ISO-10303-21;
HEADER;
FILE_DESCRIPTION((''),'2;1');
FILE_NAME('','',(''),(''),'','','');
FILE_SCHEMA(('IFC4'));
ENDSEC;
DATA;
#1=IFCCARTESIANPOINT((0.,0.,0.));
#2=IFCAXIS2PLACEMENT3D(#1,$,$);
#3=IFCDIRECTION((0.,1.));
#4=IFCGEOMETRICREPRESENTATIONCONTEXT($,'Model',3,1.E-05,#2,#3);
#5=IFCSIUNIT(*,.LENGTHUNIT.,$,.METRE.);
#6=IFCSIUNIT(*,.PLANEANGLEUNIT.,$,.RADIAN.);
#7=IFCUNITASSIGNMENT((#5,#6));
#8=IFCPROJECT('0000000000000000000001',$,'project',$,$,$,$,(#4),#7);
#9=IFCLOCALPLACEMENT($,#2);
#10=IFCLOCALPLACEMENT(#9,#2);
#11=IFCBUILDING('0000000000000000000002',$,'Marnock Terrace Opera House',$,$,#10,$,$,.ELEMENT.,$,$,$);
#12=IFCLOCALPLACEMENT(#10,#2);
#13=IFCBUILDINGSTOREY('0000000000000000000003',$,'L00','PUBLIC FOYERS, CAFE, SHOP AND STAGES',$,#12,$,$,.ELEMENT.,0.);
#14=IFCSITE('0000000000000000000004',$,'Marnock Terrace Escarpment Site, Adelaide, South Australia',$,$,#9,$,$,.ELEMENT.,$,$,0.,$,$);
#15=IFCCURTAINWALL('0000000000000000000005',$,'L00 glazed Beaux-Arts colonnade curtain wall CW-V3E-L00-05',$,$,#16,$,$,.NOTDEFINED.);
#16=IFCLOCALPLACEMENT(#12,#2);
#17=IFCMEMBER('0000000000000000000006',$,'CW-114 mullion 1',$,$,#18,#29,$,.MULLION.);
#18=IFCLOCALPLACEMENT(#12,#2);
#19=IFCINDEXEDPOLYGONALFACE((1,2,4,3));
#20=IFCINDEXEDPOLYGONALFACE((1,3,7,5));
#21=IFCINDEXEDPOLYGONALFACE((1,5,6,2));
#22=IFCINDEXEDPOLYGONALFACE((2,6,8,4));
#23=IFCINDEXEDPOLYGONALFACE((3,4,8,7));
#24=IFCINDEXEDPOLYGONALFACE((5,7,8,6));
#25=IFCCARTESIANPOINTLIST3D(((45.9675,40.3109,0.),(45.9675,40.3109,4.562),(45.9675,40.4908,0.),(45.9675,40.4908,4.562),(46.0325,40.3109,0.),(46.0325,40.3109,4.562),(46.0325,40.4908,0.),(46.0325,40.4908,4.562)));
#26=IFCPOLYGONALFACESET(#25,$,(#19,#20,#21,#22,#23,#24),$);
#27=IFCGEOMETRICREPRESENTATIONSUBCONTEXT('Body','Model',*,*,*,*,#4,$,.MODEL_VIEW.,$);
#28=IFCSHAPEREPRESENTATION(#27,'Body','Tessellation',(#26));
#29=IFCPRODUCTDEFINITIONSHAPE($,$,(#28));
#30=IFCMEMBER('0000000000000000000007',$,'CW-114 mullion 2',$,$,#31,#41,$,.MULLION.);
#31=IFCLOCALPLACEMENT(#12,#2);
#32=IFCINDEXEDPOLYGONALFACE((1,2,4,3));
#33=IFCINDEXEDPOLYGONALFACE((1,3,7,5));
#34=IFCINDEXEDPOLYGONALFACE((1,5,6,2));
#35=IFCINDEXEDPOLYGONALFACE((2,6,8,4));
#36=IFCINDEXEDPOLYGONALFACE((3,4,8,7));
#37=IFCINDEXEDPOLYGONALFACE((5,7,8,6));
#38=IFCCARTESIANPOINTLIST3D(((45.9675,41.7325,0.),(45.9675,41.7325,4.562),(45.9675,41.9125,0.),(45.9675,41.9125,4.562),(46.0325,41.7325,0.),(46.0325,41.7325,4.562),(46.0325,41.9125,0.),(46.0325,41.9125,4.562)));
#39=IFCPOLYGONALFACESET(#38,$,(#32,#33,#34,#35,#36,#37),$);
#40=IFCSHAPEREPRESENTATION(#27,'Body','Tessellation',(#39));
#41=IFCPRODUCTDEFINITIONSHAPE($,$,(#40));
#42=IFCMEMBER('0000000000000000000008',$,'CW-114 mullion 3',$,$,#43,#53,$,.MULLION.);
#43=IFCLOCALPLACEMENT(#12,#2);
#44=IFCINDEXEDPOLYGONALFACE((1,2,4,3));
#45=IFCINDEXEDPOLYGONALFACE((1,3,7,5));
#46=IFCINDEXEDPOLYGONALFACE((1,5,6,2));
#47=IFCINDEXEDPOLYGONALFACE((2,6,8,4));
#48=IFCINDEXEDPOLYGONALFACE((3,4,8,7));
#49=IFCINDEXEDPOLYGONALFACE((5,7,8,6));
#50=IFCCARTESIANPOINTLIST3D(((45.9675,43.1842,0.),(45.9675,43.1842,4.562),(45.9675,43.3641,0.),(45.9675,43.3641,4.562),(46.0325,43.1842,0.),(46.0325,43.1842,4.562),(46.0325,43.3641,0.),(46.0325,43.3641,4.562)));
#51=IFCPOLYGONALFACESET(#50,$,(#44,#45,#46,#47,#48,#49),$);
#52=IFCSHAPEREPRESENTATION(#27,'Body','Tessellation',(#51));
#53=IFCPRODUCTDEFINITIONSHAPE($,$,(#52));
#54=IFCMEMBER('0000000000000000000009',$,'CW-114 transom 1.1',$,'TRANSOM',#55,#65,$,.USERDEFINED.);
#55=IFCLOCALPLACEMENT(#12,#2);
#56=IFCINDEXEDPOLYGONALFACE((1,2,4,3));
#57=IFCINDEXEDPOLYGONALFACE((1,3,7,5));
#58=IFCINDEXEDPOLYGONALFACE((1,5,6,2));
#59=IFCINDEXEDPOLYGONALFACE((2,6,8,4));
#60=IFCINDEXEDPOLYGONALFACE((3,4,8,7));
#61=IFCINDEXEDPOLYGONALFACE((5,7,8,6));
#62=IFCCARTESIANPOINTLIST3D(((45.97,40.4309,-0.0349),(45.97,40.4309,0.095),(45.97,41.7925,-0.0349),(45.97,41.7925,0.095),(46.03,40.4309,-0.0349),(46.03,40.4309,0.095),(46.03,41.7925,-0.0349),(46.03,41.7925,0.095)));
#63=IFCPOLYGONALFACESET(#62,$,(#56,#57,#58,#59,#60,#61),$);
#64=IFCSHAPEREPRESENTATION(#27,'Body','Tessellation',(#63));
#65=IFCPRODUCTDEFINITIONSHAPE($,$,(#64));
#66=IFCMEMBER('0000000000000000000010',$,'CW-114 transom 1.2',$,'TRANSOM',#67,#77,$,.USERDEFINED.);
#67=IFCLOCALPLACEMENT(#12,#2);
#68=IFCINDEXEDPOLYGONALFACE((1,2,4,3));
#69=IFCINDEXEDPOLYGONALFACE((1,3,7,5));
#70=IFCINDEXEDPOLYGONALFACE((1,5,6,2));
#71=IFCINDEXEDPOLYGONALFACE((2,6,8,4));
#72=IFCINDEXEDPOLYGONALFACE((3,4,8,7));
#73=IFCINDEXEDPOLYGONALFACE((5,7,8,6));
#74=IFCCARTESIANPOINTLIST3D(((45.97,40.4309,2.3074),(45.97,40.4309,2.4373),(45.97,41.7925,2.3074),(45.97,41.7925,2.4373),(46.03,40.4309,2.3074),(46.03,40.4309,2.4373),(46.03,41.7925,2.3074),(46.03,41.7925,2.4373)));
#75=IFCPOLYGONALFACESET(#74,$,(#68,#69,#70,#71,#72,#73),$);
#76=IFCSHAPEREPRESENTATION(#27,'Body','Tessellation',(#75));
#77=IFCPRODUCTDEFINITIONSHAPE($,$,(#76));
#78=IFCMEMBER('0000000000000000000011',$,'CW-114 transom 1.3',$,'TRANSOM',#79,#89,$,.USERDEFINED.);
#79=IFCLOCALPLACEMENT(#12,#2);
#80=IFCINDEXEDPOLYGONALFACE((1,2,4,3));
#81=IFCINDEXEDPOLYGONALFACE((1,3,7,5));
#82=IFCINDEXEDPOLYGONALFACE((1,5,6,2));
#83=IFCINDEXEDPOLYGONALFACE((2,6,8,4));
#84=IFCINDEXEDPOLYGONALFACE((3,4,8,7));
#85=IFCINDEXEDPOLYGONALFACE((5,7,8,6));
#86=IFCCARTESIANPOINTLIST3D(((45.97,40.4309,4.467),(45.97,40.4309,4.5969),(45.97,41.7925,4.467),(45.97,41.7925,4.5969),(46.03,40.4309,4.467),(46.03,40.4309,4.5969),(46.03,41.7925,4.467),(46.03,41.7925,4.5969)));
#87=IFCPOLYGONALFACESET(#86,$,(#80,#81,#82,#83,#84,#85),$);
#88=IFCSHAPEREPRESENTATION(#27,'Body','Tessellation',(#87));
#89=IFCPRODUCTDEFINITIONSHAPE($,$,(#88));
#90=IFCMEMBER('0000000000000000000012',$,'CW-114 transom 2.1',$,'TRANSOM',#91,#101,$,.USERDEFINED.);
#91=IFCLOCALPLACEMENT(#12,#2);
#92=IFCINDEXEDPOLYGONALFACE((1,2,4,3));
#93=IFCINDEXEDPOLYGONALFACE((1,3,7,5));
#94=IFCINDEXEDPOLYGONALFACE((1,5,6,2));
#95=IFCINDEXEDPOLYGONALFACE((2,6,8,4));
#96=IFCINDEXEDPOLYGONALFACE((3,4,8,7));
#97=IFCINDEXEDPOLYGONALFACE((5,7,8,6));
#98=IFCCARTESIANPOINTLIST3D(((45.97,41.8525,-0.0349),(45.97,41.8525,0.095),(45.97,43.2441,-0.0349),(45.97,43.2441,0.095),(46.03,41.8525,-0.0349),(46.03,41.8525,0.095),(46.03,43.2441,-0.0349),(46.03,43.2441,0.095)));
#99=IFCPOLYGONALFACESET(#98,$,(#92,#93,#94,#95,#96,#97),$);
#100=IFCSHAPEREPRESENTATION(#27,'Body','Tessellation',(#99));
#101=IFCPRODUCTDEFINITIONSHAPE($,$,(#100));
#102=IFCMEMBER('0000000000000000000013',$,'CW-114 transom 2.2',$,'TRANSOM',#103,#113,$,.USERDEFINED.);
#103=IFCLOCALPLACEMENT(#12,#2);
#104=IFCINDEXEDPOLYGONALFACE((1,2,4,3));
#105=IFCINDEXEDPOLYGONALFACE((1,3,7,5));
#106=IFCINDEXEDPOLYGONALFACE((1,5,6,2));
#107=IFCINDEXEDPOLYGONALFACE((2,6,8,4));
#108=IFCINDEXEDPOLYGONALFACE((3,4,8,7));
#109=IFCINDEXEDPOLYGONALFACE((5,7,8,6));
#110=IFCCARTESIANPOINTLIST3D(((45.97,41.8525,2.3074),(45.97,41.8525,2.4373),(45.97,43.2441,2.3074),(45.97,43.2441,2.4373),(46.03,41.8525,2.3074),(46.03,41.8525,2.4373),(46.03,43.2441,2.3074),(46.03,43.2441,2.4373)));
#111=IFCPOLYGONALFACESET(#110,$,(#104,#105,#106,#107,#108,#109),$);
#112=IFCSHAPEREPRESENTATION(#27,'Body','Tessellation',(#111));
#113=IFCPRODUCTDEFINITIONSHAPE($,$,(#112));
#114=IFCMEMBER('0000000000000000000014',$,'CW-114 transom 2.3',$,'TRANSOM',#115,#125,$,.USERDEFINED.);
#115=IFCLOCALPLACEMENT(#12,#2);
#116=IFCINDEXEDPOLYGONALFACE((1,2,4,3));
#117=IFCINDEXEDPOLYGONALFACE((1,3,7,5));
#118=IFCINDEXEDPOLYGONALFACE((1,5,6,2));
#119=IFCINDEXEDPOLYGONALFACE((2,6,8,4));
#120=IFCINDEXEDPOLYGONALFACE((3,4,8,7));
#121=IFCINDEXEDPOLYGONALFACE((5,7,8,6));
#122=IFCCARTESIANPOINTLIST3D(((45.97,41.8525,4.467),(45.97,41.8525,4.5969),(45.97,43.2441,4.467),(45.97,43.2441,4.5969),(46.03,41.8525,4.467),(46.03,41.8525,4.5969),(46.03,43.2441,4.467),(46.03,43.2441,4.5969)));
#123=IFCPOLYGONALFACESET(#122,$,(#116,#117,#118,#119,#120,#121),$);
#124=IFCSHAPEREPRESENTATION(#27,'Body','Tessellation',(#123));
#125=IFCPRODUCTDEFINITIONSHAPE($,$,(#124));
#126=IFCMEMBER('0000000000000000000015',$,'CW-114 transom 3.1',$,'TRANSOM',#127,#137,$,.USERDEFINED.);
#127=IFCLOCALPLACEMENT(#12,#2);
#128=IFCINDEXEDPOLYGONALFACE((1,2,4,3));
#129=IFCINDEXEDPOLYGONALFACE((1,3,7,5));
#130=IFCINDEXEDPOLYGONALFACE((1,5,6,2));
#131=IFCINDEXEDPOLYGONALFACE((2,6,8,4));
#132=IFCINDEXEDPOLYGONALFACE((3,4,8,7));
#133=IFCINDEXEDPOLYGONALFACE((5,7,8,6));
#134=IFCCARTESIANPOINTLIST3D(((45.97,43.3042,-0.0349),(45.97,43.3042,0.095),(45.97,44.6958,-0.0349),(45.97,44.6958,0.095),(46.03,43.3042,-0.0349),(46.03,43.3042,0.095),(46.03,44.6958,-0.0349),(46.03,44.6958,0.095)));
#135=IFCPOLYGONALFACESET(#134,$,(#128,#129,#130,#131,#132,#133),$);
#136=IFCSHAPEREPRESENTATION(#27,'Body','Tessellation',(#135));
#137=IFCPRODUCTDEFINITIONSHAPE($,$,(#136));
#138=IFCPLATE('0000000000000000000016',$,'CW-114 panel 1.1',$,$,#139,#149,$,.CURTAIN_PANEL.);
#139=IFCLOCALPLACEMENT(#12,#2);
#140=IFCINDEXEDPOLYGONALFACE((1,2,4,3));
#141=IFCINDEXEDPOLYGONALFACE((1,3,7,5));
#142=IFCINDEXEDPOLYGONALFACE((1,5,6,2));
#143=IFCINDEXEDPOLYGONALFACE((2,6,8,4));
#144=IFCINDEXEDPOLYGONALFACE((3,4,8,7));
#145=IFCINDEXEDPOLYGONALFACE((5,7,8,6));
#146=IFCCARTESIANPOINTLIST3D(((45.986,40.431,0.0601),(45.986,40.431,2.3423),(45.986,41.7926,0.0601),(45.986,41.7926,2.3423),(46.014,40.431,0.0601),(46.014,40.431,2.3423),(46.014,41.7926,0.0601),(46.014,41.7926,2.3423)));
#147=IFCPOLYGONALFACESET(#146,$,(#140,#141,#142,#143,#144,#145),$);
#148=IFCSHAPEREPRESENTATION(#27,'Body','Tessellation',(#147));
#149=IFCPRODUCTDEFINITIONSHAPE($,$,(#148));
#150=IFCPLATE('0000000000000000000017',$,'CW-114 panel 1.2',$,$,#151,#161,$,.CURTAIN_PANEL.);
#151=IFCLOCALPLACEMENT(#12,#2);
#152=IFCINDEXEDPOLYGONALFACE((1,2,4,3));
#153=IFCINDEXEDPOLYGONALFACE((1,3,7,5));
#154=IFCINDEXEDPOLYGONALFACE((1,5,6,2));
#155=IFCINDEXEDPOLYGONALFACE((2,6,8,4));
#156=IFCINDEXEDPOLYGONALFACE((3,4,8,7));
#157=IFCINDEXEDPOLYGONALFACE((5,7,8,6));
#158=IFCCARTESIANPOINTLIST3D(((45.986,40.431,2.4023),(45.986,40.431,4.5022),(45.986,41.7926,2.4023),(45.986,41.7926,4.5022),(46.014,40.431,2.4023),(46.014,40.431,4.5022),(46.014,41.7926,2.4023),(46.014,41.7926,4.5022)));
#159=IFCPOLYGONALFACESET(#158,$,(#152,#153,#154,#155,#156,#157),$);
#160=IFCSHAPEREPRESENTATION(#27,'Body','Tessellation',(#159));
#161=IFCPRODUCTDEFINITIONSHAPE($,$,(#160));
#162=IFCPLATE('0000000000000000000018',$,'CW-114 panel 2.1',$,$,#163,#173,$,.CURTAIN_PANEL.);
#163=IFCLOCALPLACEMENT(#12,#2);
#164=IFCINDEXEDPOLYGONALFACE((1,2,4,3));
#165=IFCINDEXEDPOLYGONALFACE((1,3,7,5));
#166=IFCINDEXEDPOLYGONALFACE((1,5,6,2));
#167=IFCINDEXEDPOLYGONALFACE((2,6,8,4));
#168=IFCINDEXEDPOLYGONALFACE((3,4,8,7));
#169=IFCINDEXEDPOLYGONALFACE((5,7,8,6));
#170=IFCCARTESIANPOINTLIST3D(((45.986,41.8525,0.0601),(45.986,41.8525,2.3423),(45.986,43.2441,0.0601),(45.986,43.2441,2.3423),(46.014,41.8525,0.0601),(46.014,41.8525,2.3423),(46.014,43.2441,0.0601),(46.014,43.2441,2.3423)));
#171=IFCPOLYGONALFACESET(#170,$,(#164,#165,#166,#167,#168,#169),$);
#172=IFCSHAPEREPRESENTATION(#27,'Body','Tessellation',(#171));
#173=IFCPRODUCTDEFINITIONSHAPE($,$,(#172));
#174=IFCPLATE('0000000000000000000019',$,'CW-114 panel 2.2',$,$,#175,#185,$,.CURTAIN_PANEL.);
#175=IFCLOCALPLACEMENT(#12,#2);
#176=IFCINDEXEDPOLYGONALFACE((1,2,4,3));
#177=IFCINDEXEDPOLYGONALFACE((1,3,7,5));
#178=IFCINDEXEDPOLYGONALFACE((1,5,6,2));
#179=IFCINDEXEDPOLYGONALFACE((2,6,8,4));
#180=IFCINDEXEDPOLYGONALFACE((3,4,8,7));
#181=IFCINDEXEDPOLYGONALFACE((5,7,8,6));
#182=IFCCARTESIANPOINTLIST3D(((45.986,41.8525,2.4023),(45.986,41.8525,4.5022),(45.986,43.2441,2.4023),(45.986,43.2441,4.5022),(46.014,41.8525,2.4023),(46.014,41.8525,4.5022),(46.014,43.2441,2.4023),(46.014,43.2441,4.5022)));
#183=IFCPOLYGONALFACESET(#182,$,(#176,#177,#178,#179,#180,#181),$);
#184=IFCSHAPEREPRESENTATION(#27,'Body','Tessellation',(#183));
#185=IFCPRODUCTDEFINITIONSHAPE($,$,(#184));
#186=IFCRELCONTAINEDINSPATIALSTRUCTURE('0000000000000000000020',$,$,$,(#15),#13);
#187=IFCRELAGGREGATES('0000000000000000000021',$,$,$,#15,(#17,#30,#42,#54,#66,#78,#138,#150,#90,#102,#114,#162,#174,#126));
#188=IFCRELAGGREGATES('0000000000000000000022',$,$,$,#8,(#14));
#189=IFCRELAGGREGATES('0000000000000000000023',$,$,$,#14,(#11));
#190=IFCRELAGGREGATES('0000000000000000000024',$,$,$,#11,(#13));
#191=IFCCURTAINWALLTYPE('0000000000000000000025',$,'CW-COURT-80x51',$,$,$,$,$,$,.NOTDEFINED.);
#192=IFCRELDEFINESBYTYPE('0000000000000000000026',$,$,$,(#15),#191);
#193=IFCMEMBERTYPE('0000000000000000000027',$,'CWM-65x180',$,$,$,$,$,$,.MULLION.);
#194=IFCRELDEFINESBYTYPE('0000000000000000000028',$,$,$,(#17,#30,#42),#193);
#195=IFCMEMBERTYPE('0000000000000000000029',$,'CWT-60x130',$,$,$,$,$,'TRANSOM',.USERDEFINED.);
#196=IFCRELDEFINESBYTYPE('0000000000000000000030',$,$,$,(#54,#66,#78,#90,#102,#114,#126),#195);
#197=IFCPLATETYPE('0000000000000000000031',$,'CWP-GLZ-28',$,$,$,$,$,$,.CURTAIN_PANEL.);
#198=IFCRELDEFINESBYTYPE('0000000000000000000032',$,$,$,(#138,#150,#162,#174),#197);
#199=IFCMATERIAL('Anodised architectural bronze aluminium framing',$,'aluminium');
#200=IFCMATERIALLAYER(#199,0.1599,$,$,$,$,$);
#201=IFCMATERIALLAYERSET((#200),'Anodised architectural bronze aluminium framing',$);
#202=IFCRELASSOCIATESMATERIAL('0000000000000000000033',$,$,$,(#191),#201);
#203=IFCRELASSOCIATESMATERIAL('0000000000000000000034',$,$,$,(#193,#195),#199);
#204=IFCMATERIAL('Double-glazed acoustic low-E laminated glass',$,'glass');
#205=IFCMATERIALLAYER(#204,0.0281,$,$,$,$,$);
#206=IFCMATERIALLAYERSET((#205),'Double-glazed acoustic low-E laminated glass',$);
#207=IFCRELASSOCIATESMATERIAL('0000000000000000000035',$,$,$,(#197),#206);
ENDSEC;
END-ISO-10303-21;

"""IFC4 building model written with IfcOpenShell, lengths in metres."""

from ifc_helpers import new_model, si_unit, direction, frame, origin, origin_2d, place, context, subcontext, project, spatial, rectangle, extrude, material, layer, layer_set, material_profile, profile_set, type_object, element, aggregate, save


model = new_model("IFC4")

# Units and contexts
model_context = context("Model", 3, precision=1e-05, world=origin(), true_north=direction((0.0, 1.0)))
body_context = subcontext(model_context, "Body", "Model", "MODEL_VIEW")
ifc_project = project(units=[si_unit("LENGTHUNIT", "METRE"), si_unit("PLANEANGLEUNIT", "RADIAN")], contexts=[model_context])

# Site, building, storey
site_placement = place(None, origin())
site = spatial("IfcSite", under=ifc_project, at=site_placement, Name="Marnock Terrace Escarpment Site, Adelaide, South Australia", CompositionType="ELEMENT", RefElevation=0.0)
building_placement = place(site_placement, origin())
building = spatial("IfcBuilding", under=site, at=building_placement, Name="Marnock Terrace Opera House", CompositionType="ELEMENT")
storey_placement = place(building_placement, origin())
storey = spatial("IfcBuildingStorey", under=building, at=storey_placement, Name="L00", Description="PUBLIC FOYERS, CAFE, SHOP AND STAGES", CompositionType="ELEMENT", Elevation=0.0)

# Curtain wall, members, plates
ifc_material_1 = material(Name="Anodised architectural bronze aluminium framing", Category="aluminium")
ifc_layer_1 = layer(ifc_material_1, 0.1599)
ifc_layer_set_1 = layer_set([ifc_layer_1], Name="Anodised architectural bronze aluminium framing")
curtain_wall_type = type_object("IfcCurtainWallType", Name="CW-COURT-80x51", PredefinedType="NOTDEFINED", material=ifc_layer_set_1)
curtain_wall_placement = place(storey_placement, origin())
curtain_wall = element("IfcCurtainWall", 1, at=curtain_wall_placement, inside=storey, type_object=curtain_wall_type, Name="L00 glazed Beaux-Arts colonnade curtain wall CW-V3E-L00-05", PredefinedType="NOTDEFINED")
ifc_material_profile_1 = material_profile(ifc_material_1, rectangle(XDim=0.0649, YDim=0.1799, at=origin_2d()))
ifc_profile_set_1 = profile_set([ifc_material_profile_1], Name="Anodised architectural bronze aluminium framing")
member_type_1 = type_object("IfcMemberType", Name="CWM-65x180", PredefinedType="MULLION", material=ifc_profile_set_1)
member_1_placement = place(storey_placement, frame((46.0, 40.4009, 0.0), z_axis=(0.0, 0.0, 1.0), x_axis=(-1.0, 0.0, 0.0)))
member_1 = element("IfcMember", 2, at=member_1_placement, type_object=member_type_1, Name="CW-114 mullion 1", PredefinedType="MULLION", context=body_context, shape_type="SweptSolid", body=[
    extrude(rectangle(XDim=0.0649, YDim=0.1799, at=origin_2d()), origin(), (0.0, 0.0, 1.0), 4.562),
])
member_2_placement = place(storey_placement, frame((46.0, 41.8225, 0.0), z_axis=(0.0, 0.0, 1.0), x_axis=(-1.0, 0.0, 0.0)))
member_2 = element("IfcMember", 3, at=member_2_placement, type_object=member_type_1, Name="CW-114 mullion 2", PredefinedType="MULLION", context=body_context, shape_type="SweptSolid", body=[
    extrude(rectangle(XDim=0.0649, YDim=0.1799, at=origin_2d()), origin(), (0.0, 0.0, 1.0), 4.562),
])
member_3_placement = place(storey_placement, frame((46.0, 43.2742, 0.0), z_axis=(0.0, 0.0, 1.0), x_axis=(-1.0, 0.0, 0.0)))
member_3 = element("IfcMember", 4, at=member_3_placement, type_object=member_type_1, Name="CW-114 mullion 3", PredefinedType="MULLION", context=body_context, shape_type="SweptSolid", body=[
    extrude(rectangle(XDim=0.0649, YDim=0.1799, at=origin_2d()), origin(), (0.0, 0.0, 1.0), 4.562),
])
ifc_material_profile_2 = material_profile(ifc_material_1, rectangle(XDim=0.0601, YDim=0.1299, at=origin_2d()))
ifc_profile_set_2 = profile_set([ifc_material_profile_2], Name="Anodised architectural bronze aluminium framing")
member_type_2 = type_object("IfcMemberType", Name="CWT-60x130", ElementType="TRANSOM", PredefinedType="USERDEFINED", material=ifc_profile_set_2)
member_4_placement = place(storey_placement, frame((46.0, 40.4309, 0.03), z_axis=(0.0, 1.0, 0.0), x_axis=(-1.0, 0.0, 0.0)))
member_4 = element("IfcMember", 5, at=member_4_placement, type_object=member_type_2, Name="CW-114 transom 1.1", ObjectType="TRANSOM", PredefinedType="USERDEFINED", context=body_context, shape_type="SweptSolid", body=[
    extrude(rectangle(XDim=0.0601, YDim=0.1299, at=origin_2d()), origin(), (0.0, 0.0, 1.0), 1.3616),
])
member_5_placement = place(storey_placement, frame((46.0, 40.4309, 2.3723), z_axis=(0.0, 1.0, 0.0), x_axis=(-1.0, 0.0, 0.0)))
member_5 = element("IfcMember", 6, at=member_5_placement, type_object=member_type_2, Name="CW-114 transom 1.2", ObjectType="TRANSOM", PredefinedType="USERDEFINED", context=body_context, shape_type="SweptSolid", body=[
    extrude(rectangle(XDim=0.0601, YDim=0.1299, at=origin_2d()), origin(), (0.0, 0.0, 1.0), 1.3616),
])
member_6_placement = place(storey_placement, frame((46.0, 40.4309, 4.532), z_axis=(0.0, 1.0, 0.0), x_axis=(-1.0, 0.0, 0.0)))
member_6 = element("IfcMember", 7, at=member_6_placement, type_object=member_type_2, Name="CW-114 transom 1.3", ObjectType="TRANSOM", PredefinedType="USERDEFINED", context=body_context, shape_type="SweptSolid", body=[
    extrude(rectangle(XDim=0.0601, YDim=0.1299, at=origin_2d()), origin(), (0.0, 0.0, 1.0), 1.3616),
])
member_7_placement = place(storey_placement, frame((46.0, 41.8525, 0.03), z_axis=(0.0, 1.0, 0.0), x_axis=(-1.0, 0.0, 0.0)))
member_7 = element("IfcMember", 8, at=member_7_placement, type_object=member_type_2, Name="CW-114 transom 2.1", ObjectType="TRANSOM", PredefinedType="USERDEFINED", context=body_context, shape_type="SweptSolid", body=[
    extrude(rectangle(XDim=0.0601, YDim=0.1299, at=origin_2d()), origin(), (0.0, 0.0, 1.0), 1.3916),
])
member_8_placement = place(storey_placement, frame((46.0, 41.8525, 2.3723), z_axis=(0.0, 1.0, 0.0), x_axis=(-1.0, 0.0, 0.0)))
member_8 = element("IfcMember", 9, at=member_8_placement, type_object=member_type_2, Name="CW-114 transom 2.2", ObjectType="TRANSOM", PredefinedType="USERDEFINED", context=body_context, shape_type="SweptSolid", body=[
    extrude(rectangle(XDim=0.0601, YDim=0.1299, at=origin_2d()), origin(), (0.0, 0.0, 1.0), 1.3916),
])
member_9_placement = place(storey_placement, frame((46.0, 41.8525, 4.532), z_axis=(0.0, 1.0, 0.0), x_axis=(-1.0, 0.0, 0.0)))
member_9 = element("IfcMember", 10, at=member_9_placement, type_object=member_type_2, Name="CW-114 transom 2.3", ObjectType="TRANSOM", PredefinedType="USERDEFINED", context=body_context, shape_type="SweptSolid", body=[
    extrude(rectangle(XDim=0.0601, YDim=0.1299, at=origin_2d()), origin(), (0.0, 0.0, 1.0), 1.3916),
])
member_10_placement = place(storey_placement, frame((46.0, 43.3042, 0.03), z_axis=(0.0, 1.0, 0.0), x_axis=(-1.0, 0.0, 0.0)))
member_10 = element("IfcMember", 11, at=member_10_placement, type_object=member_type_2, Name="CW-114 transom 3.1", ObjectType="TRANSOM", PredefinedType="USERDEFINED", context=body_context, shape_type="SweptSolid", body=[
    extrude(rectangle(XDim=0.0601, YDim=0.1299, at=origin_2d()), origin(), (0.0, 0.0, 1.0), 1.3916),
])
ifc_material_2 = material(Name="Double-glazed acoustic low-E laminated glass", Category="glass")
ifc_layer_2 = layer(ifc_material_2, 0.0281)
ifc_layer_set_2 = layer_set([ifc_layer_2], Name="Double-glazed acoustic low-E laminated glass")
plate_type = type_object("IfcPlateType", Name="CWP-GLZ-28", PredefinedType="CURTAIN_PANEL", material=ifc_layer_set_2)
plate_1_placement = place(storey_placement, frame((46.0, 41.1118, 0.0601), z_axis=(0.0, 0.0, 1.0), x_axis=(0.0, 1.0, 0.0)))
plate_1 = element("IfcPlate", 12, at=plate_1_placement, type_object=plate_type, Name="CW-114 panel 1.1", PredefinedType="CURTAIN_PANEL", context=body_context, shape_type="SweptSolid", body=[
    extrude(rectangle(XDim=1.3616, YDim=0.0281, at=origin_2d()), origin(), (0.0, 0.0, 1.0), 2.2822),
])
plate_2_placement = place(storey_placement, frame((46.0, 41.1118, 2.4023), z_axis=(0.0, 0.0, 1.0), x_axis=(0.0, 1.0, 0.0)))
plate_2 = element("IfcPlate", 13, at=plate_2_placement, type_object=plate_type, Name="CW-114 panel 1.2", PredefinedType="CURTAIN_PANEL", context=body_context, shape_type="SweptSolid", body=[
    extrude(rectangle(XDim=1.3616, YDim=0.0281, at=origin_2d()), origin(), (0.0, 0.0, 1.0), 2.0999),
])
plate_3_placement = place(storey_placement, frame((46.0, 42.5483, 0.0601), z_axis=(0.0, 0.0, 1.0), x_axis=(0.0, 1.0, 0.0)))
plate_3 = element("IfcPlate", 14, at=plate_3_placement, type_object=plate_type, Name="CW-114 panel 2.1", PredefinedType="CURTAIN_PANEL", context=body_context, shape_type="SweptSolid", body=[
    extrude(rectangle(XDim=1.3916, YDim=0.0281, at=origin_2d()), origin(), (0.0, 0.0, 1.0), 2.2822),
])
plate_4_placement = place(storey_placement, frame((46.0, 42.5483, 2.4023), z_axis=(0.0, 0.0, 1.0), x_axis=(0.0, 1.0, 0.0)))
plate_4 = element("IfcPlate", 15, at=plate_4_placement, type_object=plate_type, Name="CW-114 panel 2.2", PredefinedType="CURTAIN_PANEL", context=body_context, shape_type="SweptSolid", body=[
    extrude(rectangle(XDim=1.3916, YDim=0.0281, at=origin_2d()), origin(), (0.0, 0.0, 1.0), 2.0999),
])
aggregate(curtain_wall, [member_1, member_2, member_3, member_4, member_5, member_6, plate_1, plate_2, member_7, member_8, member_9, plate_3, plate_4, member_10])

save(model, "model.ifc")
